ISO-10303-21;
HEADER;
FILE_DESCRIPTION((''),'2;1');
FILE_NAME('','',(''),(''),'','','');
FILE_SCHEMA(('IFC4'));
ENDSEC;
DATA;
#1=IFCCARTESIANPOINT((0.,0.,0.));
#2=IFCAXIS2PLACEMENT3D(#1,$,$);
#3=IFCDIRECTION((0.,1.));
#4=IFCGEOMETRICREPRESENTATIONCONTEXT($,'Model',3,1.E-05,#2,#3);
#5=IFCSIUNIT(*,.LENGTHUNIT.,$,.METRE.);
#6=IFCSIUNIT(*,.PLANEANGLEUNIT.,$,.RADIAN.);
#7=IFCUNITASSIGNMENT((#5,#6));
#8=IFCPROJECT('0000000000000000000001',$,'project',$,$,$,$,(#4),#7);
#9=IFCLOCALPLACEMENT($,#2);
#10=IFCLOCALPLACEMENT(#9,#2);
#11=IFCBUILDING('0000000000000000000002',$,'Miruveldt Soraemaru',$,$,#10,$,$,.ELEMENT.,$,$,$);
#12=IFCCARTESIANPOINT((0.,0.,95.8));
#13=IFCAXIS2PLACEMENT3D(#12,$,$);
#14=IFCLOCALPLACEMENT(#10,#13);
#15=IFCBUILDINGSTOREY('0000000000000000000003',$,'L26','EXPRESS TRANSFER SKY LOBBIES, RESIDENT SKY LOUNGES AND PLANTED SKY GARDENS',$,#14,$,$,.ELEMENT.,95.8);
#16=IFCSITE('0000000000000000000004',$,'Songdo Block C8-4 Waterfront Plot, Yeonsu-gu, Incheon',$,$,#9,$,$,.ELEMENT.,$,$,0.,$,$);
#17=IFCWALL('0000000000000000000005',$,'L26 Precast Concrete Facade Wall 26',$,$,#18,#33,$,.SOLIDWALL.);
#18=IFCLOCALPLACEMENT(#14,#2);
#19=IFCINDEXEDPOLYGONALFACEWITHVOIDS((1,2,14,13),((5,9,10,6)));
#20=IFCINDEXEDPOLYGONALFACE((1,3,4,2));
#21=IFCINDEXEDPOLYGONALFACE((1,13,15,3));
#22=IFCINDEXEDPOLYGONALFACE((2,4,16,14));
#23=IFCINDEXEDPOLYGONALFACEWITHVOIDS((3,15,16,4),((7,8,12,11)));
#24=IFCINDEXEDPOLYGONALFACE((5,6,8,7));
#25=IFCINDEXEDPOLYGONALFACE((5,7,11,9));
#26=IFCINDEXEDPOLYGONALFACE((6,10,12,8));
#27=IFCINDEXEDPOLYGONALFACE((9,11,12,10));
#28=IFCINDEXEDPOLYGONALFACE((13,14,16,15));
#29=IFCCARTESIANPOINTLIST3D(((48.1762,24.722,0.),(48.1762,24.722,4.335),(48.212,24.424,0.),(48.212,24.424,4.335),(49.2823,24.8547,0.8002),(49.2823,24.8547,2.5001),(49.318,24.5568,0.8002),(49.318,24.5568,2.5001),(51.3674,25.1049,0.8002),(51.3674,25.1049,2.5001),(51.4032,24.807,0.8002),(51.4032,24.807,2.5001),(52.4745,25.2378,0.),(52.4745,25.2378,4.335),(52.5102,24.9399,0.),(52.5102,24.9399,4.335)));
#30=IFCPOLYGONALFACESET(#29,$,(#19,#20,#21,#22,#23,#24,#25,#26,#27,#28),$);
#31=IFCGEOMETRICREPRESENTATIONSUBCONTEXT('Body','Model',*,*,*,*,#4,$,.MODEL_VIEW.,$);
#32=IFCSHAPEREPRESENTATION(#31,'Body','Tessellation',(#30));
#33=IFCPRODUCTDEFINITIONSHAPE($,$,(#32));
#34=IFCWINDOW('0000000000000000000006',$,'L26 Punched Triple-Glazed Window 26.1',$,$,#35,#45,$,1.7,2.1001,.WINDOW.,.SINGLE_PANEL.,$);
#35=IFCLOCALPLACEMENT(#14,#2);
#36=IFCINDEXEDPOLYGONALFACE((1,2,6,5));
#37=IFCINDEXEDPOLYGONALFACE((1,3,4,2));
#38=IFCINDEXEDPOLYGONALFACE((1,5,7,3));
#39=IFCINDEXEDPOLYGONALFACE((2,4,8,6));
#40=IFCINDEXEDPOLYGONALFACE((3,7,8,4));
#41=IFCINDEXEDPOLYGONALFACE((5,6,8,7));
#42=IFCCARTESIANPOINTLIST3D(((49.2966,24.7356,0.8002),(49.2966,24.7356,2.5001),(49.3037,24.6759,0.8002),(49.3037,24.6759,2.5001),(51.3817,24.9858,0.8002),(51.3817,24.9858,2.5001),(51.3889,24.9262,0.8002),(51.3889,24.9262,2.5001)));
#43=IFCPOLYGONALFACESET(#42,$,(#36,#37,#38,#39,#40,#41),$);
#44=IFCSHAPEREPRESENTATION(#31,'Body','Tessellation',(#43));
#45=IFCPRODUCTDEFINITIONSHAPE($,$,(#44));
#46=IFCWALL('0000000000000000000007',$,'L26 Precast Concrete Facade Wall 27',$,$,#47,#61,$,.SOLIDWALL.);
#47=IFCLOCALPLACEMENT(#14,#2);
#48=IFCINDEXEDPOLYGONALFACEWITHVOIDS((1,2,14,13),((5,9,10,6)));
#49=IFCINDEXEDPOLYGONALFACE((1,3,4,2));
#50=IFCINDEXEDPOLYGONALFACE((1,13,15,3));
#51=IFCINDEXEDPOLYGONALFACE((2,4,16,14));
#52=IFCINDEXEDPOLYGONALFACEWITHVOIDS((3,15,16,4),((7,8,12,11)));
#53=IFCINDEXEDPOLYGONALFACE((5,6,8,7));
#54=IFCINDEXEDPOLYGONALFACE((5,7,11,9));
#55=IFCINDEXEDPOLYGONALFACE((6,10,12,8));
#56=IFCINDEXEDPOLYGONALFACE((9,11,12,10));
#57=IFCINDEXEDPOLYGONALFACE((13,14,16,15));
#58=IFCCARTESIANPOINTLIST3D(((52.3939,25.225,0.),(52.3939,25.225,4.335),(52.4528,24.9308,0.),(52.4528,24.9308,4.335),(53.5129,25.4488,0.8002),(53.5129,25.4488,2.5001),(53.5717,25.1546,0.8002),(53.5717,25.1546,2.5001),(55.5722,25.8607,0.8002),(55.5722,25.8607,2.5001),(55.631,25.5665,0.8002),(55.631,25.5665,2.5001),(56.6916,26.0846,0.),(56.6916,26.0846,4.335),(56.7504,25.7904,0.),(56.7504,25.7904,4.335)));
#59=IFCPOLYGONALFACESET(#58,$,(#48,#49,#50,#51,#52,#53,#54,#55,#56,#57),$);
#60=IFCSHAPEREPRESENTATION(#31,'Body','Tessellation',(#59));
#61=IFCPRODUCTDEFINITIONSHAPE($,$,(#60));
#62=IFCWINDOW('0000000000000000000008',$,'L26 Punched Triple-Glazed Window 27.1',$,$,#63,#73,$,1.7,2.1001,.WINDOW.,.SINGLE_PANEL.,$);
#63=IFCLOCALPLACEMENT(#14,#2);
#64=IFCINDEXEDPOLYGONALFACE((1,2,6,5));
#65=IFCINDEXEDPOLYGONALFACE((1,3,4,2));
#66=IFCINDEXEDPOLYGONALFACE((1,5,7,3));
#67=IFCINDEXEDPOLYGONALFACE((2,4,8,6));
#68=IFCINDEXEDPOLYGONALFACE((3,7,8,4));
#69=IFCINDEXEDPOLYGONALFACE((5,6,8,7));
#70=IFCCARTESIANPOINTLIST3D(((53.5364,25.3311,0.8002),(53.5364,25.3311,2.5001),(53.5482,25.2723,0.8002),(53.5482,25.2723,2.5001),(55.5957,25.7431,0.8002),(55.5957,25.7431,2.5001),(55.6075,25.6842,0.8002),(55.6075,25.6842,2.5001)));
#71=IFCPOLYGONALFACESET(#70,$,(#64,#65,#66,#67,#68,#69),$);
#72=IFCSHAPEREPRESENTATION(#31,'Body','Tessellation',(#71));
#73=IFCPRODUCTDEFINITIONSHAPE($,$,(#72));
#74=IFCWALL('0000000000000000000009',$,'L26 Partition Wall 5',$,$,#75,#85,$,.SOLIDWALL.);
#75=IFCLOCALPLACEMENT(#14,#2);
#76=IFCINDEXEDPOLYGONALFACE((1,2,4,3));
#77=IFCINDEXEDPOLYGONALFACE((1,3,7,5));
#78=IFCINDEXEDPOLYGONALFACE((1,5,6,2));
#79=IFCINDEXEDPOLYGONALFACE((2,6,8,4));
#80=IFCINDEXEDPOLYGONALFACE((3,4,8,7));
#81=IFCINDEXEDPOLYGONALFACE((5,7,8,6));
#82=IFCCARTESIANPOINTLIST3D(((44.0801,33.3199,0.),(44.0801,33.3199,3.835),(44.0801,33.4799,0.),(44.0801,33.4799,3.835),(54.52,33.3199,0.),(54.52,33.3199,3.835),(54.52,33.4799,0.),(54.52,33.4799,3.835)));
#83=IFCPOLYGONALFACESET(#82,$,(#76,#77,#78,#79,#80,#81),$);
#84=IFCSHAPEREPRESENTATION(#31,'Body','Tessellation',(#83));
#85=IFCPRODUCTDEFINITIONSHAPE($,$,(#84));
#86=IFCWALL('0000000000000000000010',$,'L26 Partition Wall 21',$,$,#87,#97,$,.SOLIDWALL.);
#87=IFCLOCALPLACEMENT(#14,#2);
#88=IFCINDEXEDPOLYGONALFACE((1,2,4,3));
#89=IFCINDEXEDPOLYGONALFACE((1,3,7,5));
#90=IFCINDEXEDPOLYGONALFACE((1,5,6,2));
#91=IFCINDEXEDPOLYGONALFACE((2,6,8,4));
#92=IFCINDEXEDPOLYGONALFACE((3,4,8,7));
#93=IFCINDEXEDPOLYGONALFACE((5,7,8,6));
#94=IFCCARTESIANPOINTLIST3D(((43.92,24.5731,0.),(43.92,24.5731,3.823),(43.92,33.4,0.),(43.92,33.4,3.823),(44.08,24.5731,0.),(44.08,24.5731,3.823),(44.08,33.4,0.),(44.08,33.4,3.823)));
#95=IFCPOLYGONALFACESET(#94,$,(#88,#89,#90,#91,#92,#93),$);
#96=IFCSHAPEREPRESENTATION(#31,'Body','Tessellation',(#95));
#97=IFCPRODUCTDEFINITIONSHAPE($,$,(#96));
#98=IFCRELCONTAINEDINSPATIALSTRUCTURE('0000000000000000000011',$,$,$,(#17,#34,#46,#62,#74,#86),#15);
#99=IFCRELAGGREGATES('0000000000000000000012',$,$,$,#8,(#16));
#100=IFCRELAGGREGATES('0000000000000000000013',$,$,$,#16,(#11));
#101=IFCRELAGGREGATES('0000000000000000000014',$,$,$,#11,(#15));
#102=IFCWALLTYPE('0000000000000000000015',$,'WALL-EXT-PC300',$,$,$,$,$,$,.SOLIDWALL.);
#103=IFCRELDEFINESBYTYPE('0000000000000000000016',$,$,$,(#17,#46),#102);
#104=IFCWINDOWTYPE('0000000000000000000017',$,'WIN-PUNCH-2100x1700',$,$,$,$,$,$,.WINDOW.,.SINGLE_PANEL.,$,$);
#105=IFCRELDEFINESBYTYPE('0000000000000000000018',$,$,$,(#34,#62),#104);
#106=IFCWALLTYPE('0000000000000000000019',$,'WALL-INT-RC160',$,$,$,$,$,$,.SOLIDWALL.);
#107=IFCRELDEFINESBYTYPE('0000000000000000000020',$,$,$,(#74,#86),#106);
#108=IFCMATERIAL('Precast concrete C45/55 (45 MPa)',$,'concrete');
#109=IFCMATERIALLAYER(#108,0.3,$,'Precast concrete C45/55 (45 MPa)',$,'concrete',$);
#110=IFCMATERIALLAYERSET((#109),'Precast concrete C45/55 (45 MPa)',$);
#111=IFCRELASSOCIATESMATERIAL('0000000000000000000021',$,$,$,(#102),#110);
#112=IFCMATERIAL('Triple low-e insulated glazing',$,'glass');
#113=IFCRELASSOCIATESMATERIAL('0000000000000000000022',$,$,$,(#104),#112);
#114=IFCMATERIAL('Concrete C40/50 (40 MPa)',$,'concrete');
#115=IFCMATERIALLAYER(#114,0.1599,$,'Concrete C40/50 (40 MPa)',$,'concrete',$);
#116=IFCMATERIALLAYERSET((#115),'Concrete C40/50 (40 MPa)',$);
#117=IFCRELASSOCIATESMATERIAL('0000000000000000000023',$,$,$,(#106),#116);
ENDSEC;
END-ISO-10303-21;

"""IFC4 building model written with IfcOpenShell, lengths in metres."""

from ifc_helpers import new_model, si_unit, direction, frame, frame_2d, origin, place, context, subcontext, project, spatial, rectangle, extrude, material, layer, layer_set, type_object, element, fill, save


model = new_model("IFC4")

# Units and contexts
model_context = context("Model", 3, precision=1e-05, world=origin(), true_north=direction((0.0, 1.0)))
body_context = subcontext(model_context, "Body", "Model", "MODEL_VIEW")
ifc_project = project(units=[si_unit("LENGTHUNIT", "METRE"), si_unit("PLANEANGLEUNIT", "RADIAN")], contexts=[model_context])

# Site, building, storey
site_placement = place(None, origin())
site = spatial("IfcSite", under=ifc_project, at=site_placement, Name="Songdo Block C8-4 Waterfront Plot, Yeonsu-gu, Incheon", CompositionType="ELEMENT", RefElevation=0.0)
building_placement = place(site_placement, origin())
building = spatial("IfcBuilding", under=site, at=building_placement, Name="Miruveldt Soraemaru", CompositionType="ELEMENT")
storey_placement = place(building_placement, frame((0.0, 0.0, 95.8)))
storey = spatial("IfcBuildingStorey", under=building, at=storey_placement, Name="L26", Description="EXPRESS TRANSFER SKY LOBBIES, RESIDENT SKY LOUNGES AND PLANTED SKY GARDENS", CompositionType="ELEMENT", Elevation=95.8)

# Walls, openings, windows
ifc_material_1 = material(Name="Precast concrete C45/55 (45 MPa)", Category="concrete")
ifc_layer_1 = layer(ifc_material_1, 0.3, Name="Precast concrete C45/55 (45 MPa)", Category="concrete")
ifc_layer_set_1 = layer_set([ifc_layer_1], Name="Precast concrete C45/55 (45 MPa)")
wall_type_1 = type_object("IfcWallType", Name="WALL-EXT-PC300", PredefinedType="SOLIDWALL", material=ifc_layer_set_1)
ifc_material_2 = material(Name="Triple low-e insulated glazing", Category="glass")
window_type = type_object("IfcWindowType", Name="WIN-PUNCH-2100x1700", PartitioningType="SINGLE_PANEL", PredefinedType="WINDOW", material=ifc_material_2)
wall_1_placement = place(storey_placement, frame((48.1941, 24.573, 0.0), z_axis=(0.0, 0.0, 1.0), x_axis=(0.992875, 0.119161, 0.0)))
wall_1 = element("IfcWall", 1, at=wall_1_placement, inside=storey, type_object=wall_type_1, Name="L26 Precast Concrete Facade Wall 26", PredefinedType="SOLIDWALL", context=body_context, shape_type="SweptSolid", body=[
    extrude(rectangle(XDim=4.3291, YDim=0.3, at=frame_2d((2.1646, 0.0))), origin(), (0.0, 0.0, 1.0), 4.335),
])
opening_1_placement = place(wall_1_placement, frame((1.114, 0.0, 0.8)))
opening_1 = element("IfcOpeningElement", 2, at=opening_1_placement, cuts=wall_1, PredefinedType="OPENING", context=body_context, shape_type="SweptSolid", body=[
    extrude(rectangle(XDim=2.1001, YDim=1.7, at=frame_2d((1.05, 0.8501))), frame((0.0, 0.1602, 0.0), z_axis=(0.0, -1.0, 0.0), x_axis=(1.0, 0.0, 0.0)), (0.0, 0.0, 1.0), 0.3201),
])
window_1_placement = place(opening_1_placement, origin())
window_1 = element("IfcWindow", 3, at=window_1_placement, inside=storey, type_object=window_type, Name="L26 Punched Triple-Glazed Window 26.1", OverallHeight=1.7, OverallWidth=2.1001, PartitioningType="SINGLE_PANEL", PredefinedType="WINDOW", context=body_context, shape_type="SweptSolid", body=[
    extrude(rectangle(XDim=2.1001, YDim=1.7, at=frame_2d((1.05, 0.8501))), frame((0.0, 0.03, 0.0), z_axis=(0.0, -1.0, 0.0), x_axis=(1.0, 0.0, 0.0)), (0.0, 0.0, 1.0), 0.0601),
])
fill(opening_1, window_1)
wall_2_placement = place(storey_placement, frame((52.4233, 25.0779, 0.0), z_axis=(0.0, 0.0, 1.0), x_axis=(0.980576, 0.196138, 0.0)))
wall_2 = element("IfcWall", 4, at=wall_2_placement, inside=storey, type_object=wall_type_1, Name="L26 Precast Concrete Facade Wall 27", PredefinedType="SOLIDWALL", context=body_context, shape_type="SweptSolid", body=[
    extrude(rectangle(XDim=4.3828, YDim=0.3, at=frame_2d((2.1914, 0.0))), origin(), (0.0, 0.0, 1.0), 4.335),
])
opening_2_placement = place(wall_2_placement, frame((1.1411, 0.0, 0.8)))
opening_2 = element("IfcOpeningElement", 5, at=opening_2_placement, cuts=wall_2, PredefinedType="OPENING", context=body_context, shape_type="SweptSolid", body=[
    extrude(rectangle(XDim=2.1001, YDim=1.7, at=frame_2d((1.05, 0.8501))), frame((0.0, 0.1602, 0.0), z_axis=(0.0, -1.0, 0.0), x_axis=(1.0, 0.0, 0.0)), (0.0, 0.0, 1.0), 0.3201),
])
window_2_placement = place(opening_2_placement, origin())
window_2 = element("IfcWindow", 6, at=window_2_placement, inside=storey, type_object=window_type, Name="L26 Punched Triple-Glazed Window 27.1", OverallHeight=1.7, OverallWidth=2.1001, PartitioningType="SINGLE_PANEL", PredefinedType="WINDOW", context=body_context, shape_type="SweptSolid", body=[
    extrude(rectangle(XDim=2.1001, YDim=1.7, at=frame_2d((1.05, 0.8501))), frame((0.0, 0.03, 0.0), z_axis=(0.0, -1.0, 0.0), x_axis=(1.0, 0.0, 0.0)), (0.0, 0.0, 1.0), 0.0601),
])
fill(opening_2, window_2)

# Walls
ifc_material_3 = material(Name="Concrete C40/50 (40 MPa)", Category="concrete")
ifc_layer_2 = layer(ifc_material_3, 0.1599, Name="Concrete C40/50 (40 MPa)", Category="concrete")
ifc_layer_set_2 = layer_set([ifc_layer_2], Name="Concrete C40/50 (40 MPa)")
wall_type_2 = type_object("IfcWallType", Name="WALL-INT-RC160", PredefinedType="SOLIDWALL", material=ifc_layer_set_2)
wall_3_placement = place(storey_placement, frame((44.0801, 33.3999, 0.0), z_axis=(0.0, 0.0, 1.0), x_axis=(1.0, 0.0, 0.0)))
element("IfcWall", 7, at=wall_3_placement, inside=storey, type_object=wall_type_2, Name="L26 Partition Wall 5", PredefinedType="SOLIDWALL", context=body_context, shape_type="SweptSolid", body=[
    extrude(rectangle(XDim=10.4399, YDim=0.1599, at=frame_2d((5.22, 0.0))), origin(), (0.0, 0.0, 1.0), 3.835),
])
wall_4_placement = place(storey_placement, frame((44.0, 24.573, 0.0), z_axis=(0.0, 0.0, 1.0), x_axis=(0.0, 1.0, 0.0)))
element("IfcWall", 8, at=wall_4_placement, inside=storey, type_object=wall_type_2, Name="L26 Partition Wall 21", PredefinedType="SOLIDWALL", context=body_context, shape_type="SweptSolid", body=[
    extrude(rectangle(XDim=8.8269, YDim=0.1599, at=frame_2d((4.4136, 0.0))), origin(), (0.0, 0.0, 1.0), 3.823),
])

save(model, "model.ifc")
